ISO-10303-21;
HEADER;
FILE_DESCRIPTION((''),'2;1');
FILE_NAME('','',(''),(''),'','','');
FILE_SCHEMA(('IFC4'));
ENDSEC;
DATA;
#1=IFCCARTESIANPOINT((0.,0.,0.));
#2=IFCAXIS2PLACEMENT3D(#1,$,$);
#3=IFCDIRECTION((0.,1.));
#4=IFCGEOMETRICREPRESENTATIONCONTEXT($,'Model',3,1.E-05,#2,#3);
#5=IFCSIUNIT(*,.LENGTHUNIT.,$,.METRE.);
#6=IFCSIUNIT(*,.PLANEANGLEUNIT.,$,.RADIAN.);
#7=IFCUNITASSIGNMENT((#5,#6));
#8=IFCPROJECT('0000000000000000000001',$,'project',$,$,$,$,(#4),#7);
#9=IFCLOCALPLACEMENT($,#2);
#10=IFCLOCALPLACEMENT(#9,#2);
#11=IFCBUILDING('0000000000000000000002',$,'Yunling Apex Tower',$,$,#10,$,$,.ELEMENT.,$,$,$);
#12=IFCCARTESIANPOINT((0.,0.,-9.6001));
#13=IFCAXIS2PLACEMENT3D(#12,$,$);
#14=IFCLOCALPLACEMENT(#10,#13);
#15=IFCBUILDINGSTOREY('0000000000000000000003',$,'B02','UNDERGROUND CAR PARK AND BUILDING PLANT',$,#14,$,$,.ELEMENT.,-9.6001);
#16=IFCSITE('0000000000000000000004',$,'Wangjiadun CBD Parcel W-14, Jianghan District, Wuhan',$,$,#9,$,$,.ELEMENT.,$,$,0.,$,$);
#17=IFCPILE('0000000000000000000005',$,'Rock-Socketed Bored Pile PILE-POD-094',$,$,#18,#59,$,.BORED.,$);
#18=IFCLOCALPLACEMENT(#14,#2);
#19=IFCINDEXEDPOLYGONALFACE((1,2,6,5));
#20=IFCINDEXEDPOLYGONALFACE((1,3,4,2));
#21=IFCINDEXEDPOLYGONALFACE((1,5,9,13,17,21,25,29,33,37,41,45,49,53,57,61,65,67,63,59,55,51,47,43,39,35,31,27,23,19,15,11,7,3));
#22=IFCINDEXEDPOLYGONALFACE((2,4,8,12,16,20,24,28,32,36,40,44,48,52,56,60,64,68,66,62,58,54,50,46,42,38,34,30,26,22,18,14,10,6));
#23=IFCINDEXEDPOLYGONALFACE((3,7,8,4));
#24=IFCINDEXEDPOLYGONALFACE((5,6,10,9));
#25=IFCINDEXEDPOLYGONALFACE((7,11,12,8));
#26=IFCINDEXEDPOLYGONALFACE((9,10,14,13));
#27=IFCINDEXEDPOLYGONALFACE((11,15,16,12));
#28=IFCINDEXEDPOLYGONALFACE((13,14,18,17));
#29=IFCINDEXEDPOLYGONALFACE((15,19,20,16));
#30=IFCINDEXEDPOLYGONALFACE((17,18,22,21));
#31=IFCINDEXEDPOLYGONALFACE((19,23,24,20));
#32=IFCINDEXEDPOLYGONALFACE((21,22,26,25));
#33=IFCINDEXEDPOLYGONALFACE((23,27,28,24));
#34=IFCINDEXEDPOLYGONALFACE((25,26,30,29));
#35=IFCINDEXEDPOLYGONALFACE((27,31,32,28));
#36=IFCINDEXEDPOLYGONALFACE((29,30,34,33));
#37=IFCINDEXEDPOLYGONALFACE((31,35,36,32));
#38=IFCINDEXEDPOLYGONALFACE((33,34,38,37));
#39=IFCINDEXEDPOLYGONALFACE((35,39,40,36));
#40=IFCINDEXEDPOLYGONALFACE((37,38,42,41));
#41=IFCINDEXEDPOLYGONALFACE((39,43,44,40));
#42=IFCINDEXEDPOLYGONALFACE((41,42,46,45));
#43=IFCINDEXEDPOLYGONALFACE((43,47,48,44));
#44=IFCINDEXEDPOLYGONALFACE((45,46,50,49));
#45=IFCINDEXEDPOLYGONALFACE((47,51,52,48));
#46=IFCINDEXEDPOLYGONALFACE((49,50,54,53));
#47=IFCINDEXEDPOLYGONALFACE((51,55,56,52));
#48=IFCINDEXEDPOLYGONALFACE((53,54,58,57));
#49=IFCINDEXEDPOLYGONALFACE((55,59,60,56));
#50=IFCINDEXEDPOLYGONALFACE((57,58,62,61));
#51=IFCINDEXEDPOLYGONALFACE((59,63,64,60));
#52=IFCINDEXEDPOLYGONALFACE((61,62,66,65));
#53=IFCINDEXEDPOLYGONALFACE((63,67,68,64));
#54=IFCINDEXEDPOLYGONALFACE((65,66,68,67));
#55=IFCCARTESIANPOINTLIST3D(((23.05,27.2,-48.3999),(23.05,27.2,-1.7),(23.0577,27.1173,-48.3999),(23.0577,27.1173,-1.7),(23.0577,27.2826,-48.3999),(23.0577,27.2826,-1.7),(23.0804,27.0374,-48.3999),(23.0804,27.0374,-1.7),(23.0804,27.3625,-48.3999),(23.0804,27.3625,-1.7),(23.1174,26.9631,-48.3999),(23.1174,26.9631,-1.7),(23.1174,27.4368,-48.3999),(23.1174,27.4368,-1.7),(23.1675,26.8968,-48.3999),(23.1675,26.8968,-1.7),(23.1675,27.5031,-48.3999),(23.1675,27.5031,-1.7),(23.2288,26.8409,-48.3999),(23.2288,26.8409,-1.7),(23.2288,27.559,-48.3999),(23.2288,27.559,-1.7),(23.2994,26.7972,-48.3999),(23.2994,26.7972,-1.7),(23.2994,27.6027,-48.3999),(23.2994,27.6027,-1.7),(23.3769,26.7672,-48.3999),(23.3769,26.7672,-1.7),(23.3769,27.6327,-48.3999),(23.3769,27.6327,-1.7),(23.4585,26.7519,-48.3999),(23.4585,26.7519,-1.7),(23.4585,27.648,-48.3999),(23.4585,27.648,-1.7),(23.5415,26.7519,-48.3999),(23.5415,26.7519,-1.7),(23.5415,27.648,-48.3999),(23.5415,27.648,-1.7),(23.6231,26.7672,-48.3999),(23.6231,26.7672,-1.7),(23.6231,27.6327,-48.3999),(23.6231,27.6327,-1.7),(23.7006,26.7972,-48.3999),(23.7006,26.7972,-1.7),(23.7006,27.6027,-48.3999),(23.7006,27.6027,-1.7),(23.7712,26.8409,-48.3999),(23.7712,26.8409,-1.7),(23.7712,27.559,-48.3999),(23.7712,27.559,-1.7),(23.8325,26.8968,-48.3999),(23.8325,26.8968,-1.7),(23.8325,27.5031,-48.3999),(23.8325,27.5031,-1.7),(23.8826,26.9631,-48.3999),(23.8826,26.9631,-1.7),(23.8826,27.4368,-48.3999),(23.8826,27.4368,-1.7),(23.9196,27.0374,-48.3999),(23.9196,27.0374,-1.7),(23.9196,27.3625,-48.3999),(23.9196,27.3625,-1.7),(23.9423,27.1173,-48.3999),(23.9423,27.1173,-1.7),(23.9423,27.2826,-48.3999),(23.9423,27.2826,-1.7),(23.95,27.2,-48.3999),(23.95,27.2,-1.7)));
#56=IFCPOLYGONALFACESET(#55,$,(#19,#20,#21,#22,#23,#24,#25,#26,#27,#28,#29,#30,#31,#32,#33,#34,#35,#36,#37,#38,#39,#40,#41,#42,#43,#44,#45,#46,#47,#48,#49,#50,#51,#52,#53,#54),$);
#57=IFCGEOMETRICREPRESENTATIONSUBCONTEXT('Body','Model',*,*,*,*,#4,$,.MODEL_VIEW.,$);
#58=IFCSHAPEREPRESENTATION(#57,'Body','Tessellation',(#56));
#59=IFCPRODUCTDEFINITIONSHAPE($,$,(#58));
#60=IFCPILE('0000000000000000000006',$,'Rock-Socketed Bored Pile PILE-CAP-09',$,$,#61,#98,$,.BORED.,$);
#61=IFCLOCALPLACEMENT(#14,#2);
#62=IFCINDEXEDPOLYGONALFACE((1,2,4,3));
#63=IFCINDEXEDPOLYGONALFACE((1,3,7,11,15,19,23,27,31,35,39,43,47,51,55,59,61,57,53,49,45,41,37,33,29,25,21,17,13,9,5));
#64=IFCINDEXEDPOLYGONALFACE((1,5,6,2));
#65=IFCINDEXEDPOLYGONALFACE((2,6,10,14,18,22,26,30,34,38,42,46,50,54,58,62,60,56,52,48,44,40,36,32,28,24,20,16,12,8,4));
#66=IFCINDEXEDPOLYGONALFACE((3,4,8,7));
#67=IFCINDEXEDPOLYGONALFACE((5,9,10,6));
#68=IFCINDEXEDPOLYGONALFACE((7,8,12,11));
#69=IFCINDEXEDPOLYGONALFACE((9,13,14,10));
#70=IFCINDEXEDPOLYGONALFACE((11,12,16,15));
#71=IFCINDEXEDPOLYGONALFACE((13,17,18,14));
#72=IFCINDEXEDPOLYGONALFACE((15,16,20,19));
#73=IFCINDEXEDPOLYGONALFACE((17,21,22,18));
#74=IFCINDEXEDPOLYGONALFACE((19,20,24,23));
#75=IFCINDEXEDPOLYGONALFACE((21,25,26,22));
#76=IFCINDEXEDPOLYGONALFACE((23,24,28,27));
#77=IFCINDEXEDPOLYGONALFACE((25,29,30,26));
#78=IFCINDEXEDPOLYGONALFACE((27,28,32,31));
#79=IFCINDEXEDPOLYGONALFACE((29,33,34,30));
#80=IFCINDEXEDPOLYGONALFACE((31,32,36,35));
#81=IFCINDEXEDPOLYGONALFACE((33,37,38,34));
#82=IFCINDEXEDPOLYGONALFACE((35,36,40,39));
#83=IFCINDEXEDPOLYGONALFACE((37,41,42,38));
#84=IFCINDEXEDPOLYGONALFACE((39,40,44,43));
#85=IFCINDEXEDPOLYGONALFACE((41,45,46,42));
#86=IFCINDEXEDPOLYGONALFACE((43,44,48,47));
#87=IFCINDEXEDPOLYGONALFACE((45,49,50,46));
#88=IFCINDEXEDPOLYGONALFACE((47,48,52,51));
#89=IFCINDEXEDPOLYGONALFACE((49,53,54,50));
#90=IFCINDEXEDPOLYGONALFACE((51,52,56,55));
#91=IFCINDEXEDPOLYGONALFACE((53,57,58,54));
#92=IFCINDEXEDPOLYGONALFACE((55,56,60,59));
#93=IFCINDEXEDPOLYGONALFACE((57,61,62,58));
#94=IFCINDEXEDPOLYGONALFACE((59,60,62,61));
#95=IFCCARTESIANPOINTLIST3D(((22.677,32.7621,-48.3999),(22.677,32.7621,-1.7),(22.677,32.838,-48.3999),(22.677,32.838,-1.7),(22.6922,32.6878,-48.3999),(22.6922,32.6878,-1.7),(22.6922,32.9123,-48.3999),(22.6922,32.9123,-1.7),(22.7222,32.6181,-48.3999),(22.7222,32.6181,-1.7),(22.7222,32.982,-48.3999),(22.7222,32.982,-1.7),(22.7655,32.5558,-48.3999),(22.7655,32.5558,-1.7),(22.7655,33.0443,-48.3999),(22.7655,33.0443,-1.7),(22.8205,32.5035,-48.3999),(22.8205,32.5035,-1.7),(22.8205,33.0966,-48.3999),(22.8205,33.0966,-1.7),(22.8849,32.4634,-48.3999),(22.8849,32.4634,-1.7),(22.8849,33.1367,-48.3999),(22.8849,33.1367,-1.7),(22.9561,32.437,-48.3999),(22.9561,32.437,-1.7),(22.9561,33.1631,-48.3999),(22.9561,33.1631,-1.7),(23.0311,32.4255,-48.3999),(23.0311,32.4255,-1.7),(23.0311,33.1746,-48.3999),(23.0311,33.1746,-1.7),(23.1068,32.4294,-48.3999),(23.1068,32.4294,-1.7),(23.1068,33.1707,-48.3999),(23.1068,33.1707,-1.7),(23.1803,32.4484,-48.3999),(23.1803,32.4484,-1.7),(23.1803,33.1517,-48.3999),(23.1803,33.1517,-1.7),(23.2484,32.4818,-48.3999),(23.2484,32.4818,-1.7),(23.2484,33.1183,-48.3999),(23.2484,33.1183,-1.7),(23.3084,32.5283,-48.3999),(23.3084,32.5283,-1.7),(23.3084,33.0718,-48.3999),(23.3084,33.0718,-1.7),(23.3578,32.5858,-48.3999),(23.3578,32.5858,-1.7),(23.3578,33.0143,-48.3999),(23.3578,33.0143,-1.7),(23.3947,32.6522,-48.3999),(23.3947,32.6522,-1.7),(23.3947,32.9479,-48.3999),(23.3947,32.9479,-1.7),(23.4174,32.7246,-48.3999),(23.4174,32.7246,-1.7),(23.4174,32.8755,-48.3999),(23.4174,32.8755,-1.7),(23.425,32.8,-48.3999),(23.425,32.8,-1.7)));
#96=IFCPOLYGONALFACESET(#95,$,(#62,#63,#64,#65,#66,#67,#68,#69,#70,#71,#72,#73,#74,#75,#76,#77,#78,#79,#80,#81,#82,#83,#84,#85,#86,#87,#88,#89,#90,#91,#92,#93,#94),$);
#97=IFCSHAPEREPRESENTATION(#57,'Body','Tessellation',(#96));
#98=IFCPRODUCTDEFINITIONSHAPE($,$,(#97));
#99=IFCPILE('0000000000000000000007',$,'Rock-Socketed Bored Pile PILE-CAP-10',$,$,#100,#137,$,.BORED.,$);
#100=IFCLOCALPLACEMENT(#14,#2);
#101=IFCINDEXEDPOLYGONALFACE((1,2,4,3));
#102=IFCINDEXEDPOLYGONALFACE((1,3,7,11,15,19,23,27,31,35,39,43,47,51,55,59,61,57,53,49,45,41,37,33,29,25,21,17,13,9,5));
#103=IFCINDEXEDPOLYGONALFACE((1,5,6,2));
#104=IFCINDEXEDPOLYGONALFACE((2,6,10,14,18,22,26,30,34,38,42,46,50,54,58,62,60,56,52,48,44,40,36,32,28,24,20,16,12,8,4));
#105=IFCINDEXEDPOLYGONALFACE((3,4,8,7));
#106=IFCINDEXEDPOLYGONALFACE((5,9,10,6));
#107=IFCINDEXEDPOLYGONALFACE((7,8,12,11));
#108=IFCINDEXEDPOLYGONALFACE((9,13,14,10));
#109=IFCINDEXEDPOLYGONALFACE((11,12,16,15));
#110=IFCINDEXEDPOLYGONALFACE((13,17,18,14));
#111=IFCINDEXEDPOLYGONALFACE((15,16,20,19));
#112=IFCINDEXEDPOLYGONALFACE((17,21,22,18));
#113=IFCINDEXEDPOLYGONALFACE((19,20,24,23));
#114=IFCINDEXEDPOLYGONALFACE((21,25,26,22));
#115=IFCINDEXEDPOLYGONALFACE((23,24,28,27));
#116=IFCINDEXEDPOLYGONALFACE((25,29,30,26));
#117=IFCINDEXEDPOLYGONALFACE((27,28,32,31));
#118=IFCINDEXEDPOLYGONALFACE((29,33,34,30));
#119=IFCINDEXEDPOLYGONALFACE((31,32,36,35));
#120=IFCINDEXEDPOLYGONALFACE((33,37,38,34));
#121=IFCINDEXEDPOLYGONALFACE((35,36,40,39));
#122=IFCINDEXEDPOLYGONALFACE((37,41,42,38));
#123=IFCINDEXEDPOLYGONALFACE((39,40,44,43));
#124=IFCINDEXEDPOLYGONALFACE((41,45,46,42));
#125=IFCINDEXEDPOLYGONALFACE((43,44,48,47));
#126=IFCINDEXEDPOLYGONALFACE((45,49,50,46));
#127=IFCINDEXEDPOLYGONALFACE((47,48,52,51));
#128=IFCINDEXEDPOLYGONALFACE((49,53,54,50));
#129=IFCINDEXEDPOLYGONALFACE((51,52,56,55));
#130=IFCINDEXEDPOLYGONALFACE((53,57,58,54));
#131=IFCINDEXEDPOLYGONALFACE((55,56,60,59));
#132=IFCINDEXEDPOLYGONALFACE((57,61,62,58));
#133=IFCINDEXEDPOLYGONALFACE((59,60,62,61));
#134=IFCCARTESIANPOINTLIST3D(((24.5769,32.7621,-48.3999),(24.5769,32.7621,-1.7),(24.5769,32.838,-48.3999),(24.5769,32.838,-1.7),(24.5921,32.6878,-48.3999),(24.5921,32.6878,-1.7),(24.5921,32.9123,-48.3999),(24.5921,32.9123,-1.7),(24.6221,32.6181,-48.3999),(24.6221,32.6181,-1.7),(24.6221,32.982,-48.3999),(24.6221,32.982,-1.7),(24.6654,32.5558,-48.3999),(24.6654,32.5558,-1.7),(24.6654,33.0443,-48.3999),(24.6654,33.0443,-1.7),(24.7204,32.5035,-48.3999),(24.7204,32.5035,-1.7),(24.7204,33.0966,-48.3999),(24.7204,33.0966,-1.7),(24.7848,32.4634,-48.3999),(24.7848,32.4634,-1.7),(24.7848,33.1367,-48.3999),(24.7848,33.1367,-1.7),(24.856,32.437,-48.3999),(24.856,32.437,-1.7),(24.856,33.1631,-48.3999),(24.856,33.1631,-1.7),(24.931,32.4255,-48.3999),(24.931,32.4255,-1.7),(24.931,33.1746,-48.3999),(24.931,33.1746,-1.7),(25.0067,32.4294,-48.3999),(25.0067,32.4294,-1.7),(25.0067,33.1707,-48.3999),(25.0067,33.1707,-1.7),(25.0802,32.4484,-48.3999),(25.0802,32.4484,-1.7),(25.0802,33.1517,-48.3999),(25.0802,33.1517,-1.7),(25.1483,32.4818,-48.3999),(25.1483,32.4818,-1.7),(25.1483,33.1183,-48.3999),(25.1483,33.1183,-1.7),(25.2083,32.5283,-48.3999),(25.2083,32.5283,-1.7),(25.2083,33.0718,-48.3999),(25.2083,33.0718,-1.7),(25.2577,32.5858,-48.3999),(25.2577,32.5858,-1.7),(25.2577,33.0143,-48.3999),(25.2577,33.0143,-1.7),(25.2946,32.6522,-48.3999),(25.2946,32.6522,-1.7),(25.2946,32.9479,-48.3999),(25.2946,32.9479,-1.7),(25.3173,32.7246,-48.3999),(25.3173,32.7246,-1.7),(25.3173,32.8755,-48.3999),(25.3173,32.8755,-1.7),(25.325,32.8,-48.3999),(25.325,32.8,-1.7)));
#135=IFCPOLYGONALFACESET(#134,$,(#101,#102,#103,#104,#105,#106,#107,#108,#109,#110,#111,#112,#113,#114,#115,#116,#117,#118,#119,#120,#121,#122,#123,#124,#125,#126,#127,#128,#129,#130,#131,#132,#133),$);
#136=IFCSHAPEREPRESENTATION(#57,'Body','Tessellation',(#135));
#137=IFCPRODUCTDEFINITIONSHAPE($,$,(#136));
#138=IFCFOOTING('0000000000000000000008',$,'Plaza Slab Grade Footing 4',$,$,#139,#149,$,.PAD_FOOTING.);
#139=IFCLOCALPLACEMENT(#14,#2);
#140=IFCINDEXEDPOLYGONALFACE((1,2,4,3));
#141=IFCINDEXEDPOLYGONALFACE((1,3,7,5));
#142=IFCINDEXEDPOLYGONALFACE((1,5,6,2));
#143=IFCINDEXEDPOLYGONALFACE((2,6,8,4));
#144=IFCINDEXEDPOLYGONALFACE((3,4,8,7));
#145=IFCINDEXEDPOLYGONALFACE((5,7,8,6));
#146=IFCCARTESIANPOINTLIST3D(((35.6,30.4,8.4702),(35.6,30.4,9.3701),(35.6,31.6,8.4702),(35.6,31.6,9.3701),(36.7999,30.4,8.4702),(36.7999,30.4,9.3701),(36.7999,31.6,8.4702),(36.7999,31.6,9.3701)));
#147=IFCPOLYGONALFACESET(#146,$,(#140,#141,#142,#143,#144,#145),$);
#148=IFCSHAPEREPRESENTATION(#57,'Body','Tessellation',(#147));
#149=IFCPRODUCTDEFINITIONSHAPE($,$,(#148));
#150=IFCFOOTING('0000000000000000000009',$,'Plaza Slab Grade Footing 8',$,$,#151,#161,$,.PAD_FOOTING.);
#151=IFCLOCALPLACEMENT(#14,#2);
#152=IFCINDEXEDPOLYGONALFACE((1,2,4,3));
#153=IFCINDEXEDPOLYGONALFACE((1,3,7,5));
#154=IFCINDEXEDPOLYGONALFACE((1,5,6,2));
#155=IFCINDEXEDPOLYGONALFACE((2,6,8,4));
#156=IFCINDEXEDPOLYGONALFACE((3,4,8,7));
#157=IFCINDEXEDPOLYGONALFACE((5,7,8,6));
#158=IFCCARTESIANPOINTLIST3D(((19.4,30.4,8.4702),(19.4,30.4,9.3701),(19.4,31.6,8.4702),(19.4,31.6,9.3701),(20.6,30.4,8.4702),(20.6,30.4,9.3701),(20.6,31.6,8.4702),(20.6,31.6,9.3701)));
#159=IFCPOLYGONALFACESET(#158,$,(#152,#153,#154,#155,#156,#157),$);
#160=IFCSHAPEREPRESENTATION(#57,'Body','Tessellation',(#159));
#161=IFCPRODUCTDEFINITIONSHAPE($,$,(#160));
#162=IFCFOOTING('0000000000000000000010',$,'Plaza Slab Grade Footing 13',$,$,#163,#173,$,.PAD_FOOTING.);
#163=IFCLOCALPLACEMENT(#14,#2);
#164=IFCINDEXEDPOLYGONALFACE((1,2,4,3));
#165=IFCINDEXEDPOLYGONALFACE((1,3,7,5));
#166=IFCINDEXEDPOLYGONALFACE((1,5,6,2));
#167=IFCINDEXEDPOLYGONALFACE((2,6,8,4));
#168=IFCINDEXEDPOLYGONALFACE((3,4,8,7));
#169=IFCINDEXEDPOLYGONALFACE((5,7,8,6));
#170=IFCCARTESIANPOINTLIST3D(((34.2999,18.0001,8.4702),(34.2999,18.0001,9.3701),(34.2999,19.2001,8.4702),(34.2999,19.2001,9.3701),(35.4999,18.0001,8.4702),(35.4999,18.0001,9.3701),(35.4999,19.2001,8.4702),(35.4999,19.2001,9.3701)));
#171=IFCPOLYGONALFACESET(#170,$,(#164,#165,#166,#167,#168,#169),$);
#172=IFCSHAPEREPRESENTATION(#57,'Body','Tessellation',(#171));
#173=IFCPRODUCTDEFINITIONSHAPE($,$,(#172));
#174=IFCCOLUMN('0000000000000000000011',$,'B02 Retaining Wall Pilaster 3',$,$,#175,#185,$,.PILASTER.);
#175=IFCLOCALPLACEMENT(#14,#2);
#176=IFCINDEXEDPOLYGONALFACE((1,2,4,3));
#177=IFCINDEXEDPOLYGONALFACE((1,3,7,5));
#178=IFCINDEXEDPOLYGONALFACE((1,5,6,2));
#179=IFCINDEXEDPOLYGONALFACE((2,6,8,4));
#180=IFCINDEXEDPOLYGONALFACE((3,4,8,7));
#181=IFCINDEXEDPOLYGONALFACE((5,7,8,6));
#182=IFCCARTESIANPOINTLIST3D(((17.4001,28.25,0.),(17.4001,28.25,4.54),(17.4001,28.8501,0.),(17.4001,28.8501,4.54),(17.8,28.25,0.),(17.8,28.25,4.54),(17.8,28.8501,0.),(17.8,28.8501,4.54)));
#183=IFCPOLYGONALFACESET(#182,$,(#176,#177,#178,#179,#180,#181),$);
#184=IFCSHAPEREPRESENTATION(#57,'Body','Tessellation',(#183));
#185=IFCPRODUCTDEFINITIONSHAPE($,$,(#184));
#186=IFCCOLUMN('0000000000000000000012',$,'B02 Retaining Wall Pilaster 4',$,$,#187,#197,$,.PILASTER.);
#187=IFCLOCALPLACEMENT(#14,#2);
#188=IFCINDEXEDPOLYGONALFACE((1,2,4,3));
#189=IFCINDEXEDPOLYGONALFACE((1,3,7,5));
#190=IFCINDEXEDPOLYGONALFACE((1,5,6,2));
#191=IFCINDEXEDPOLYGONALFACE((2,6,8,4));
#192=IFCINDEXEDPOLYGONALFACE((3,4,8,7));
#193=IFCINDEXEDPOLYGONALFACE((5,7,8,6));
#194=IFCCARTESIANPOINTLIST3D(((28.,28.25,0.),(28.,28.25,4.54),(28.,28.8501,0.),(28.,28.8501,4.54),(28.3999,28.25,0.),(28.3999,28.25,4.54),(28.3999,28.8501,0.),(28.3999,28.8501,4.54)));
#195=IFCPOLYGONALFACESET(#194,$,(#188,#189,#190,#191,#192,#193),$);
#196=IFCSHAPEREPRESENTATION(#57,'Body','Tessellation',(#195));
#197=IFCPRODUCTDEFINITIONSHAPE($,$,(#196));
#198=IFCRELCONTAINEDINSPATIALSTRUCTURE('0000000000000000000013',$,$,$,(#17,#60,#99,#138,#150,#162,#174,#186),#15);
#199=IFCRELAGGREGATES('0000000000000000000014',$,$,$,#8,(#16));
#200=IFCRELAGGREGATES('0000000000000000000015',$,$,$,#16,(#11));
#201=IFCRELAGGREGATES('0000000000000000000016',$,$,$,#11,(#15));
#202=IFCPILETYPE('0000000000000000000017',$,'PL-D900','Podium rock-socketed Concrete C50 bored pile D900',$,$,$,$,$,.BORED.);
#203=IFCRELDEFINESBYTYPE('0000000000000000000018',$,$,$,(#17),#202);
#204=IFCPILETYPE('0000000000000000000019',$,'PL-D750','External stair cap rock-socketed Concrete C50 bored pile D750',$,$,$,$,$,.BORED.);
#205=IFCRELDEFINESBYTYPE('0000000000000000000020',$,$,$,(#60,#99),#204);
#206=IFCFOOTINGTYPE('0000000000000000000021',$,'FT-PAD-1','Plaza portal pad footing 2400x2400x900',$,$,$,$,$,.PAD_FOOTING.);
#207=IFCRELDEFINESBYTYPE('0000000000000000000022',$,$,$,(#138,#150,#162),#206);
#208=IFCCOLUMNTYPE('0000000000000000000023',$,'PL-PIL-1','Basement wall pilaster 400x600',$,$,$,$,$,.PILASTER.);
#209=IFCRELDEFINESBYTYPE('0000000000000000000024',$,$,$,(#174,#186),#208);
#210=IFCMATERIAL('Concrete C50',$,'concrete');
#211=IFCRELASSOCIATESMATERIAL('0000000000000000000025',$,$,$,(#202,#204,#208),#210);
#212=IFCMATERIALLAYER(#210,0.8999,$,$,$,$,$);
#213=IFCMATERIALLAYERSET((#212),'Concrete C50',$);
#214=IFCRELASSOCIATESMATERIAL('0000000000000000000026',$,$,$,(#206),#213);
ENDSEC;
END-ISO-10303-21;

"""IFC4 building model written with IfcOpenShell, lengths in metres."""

from ifc_helpers import new_model, si_unit, direction, frame, origin, origin_2d, place, context, subcontext, project, spatial, rectangle, circle, extrude, source, transform, mapped, material, layer, layer_set, material_profile, profile_set, type_object, element, save


model = new_model("IFC4")

# Units and contexts
model_context = context("Model", 3, precision=1e-05, world=origin(), true_north=direction((0.0, 1.0)))
body_context = subcontext(model_context, "Body", "Model", "MODEL_VIEW")
ifc_project = project(units=[si_unit("LENGTHUNIT", "METRE"), si_unit("PLANEANGLEUNIT", "RADIAN")], contexts=[model_context])

# Site, building, storey
site_placement = place(None, origin())
site = spatial("IfcSite", under=ifc_project, at=site_placement, Name="Wangjiadun CBD Parcel W-14, Jianghan District, Wuhan", CompositionType="ELEMENT", RefElevation=0.0)
building_placement = place(site_placement, origin())
building = spatial("IfcBuilding", under=site, at=building_placement, Name="Yunling Apex Tower", CompositionType="ELEMENT")
storey_placement = place(building_placement, frame((0.0, 0.0, -9.6001)))
storey = spatial("IfcBuildingStorey", under=building, at=storey_placement, Name="B02", Description="UNDERGROUND CAR PARK AND BUILDING PLANT", CompositionType="ELEMENT", Elevation=-9.6001)

# Shared definitions
ifc_material_1 = material(Name="Concrete C50", Category="concrete")

# Piles
ifc_material_profile_1 = material_profile(ifc_material_1, circle(Radius=0.45, at=origin_2d()))
ifc_profile_set_1 = profile_set([ifc_material_profile_1], Name="Concrete C50")
pile_type_1 = type_object("IfcPileType", Name="PL-D900", Description="Podium rock-socketed Concrete C50 bored pile D900", PredefinedType="BORED", material=ifc_profile_set_1)
shared_shape_1 = source(origin(), body_context, "Body", "SweptSolid", [
    extrude(circle(Radius=0.45, at=origin_2d()), origin(), (0.0, 0.0, 1.0), 46.7),
])
for number, where, z_axis, x_axis, name in (
    (1, (23.5, 27.2, -1.7), (0.0, 0.0, -1.0), (1.0, 0.0, 0.0), "Rock-Socketed Bored Pile PILE-POD-094"),
):
    element("IfcPile", number, at=place(storey_placement, frame(where, z_axis=z_axis, x_axis=x_axis)), inside=storey, type_object=pile_type_1, Name=name, PredefinedType="BORED", context=body_context, shape_type="MappedRepresentation", body=[
        mapped(shared_shape_1, transform((0.0, 0.0, 0.0), scale=1.0)),
    ])
ifc_material_profile_2 = material_profile(ifc_material_1, circle(Radius=0.375, at=origin_2d()))
ifc_profile_set_2 = profile_set([ifc_material_profile_2], Name="Concrete C50")
pile_type_2 = type_object("IfcPileType", Name="PL-D750", Description="External stair cap rock-socketed Concrete C50 bored pile D750", PredefinedType="BORED", material=ifc_profile_set_2)
shared_shape_2 = source(origin(), body_context, "Body", "SweptSolid", [
    extrude(circle(Radius=0.375, at=origin_2d()), origin(), (0.0, 0.0, 1.0), 46.7),
])
for number, where, z_axis, x_axis, name in (
    (2, (23.05, 32.8, -1.7), (0.0, 0.0, -1.0), (1.0, 0.0, 0.0), "Rock-Socketed Bored Pile PILE-CAP-09"),
    (3, (24.95, 32.8, -1.7), (0.0, 0.0, -1.0), (1.0, 0.0, 0.0), "Rock-Socketed Bored Pile PILE-CAP-10"),
):
    element("IfcPile", number, at=place(storey_placement, frame(where, z_axis=z_axis, x_axis=x_axis)), inside=storey, type_object=pile_type_2, Name=name, PredefinedType="BORED", context=body_context, shape_type="MappedRepresentation", body=[
        mapped(shared_shape_2, transform((0.0, 0.0, 0.0), scale=1.0)),
    ])

# Footings
ifc_layer_1 = layer(ifc_material_1, 0.8999)
ifc_layer_set_1 = layer_set([ifc_layer_1], Name="Concrete C50")
footing_type_1 = type_object("IfcFootingType", Name="FT-PAD-1", Description="Plaza portal pad footing 2400x2400x900", PredefinedType="PAD_FOOTING", material=ifc_layer_set_1)
shared_shape_3 = source(origin(), body_context, "Body", "SweptSolid", [
    extrude(rectangle(XDim=1.2, YDim=1.2, at=origin_2d()), origin(), (0.0, 0.0, 1.0), 0.8999),
])
for number, where, z_axis, x_axis, name in (
    (4, (36.2, 31.0, 8.4702), (0.0, 0.0, 1.0), (1.0, 0.0, 0.0), "Plaza Slab Grade Footing 4"),
    (5, (20.0, 31.0, 8.4702), (0.0, 0.0, 1.0), (1.0, 0.0, 0.0), "Plaza Slab Grade Footing 8"),
    (6, (34.8999, 18.6001, 8.4702), (0.0, 0.0, 1.0), (1.0, 0.0, 0.0), "Plaza Slab Grade Footing 13"),
):
    element("IfcFooting", number, at=place(storey_placement, frame(where, z_axis=z_axis, x_axis=x_axis)), inside=storey, type_object=footing_type_1, Name=name, PredefinedType="PAD_FOOTING", context=body_context, shape_type="MappedRepresentation", body=[
        mapped(shared_shape_3, transform((0.0, 0.0, 0.0), scale=1.0)),
    ])

# Columns
ifc_material_profile_3 = material_profile(ifc_material_1, rectangle(XDim=0.3999, YDim=0.6001, at=origin_2d()))
ifc_profile_set_3 = profile_set([ifc_material_profile_3], Name="Concrete C50")
column_type_1 = type_object("IfcColumnType", Name="PL-PIL-1", Description="Basement wall pilaster 400x600", PredefinedType="PILASTER", material=ifc_profile_set_3)
shared_shape_4 = source(origin(), body_context, "Body", "SweptSolid", [
    extrude(rectangle(XDim=0.3999, YDim=0.6001, at=origin_2d()), origin(), (0.0, 0.0, 1.0), 4.54),
])
for number, where, z_axis, x_axis, name in (
    (7, (17.6001, 28.55, 0.0), (0.0, 0.0, 1.0), (1.0, 0.0, 0.0), "B02 Retaining Wall Pilaster 3"),
    (8, (28.2, 28.55, 0.0), (0.0, 0.0, 1.0), (1.0, 0.0, 0.0), "B02 Retaining Wall Pilaster 4"),
):
    element("IfcColumn", number, at=place(storey_placement, frame(where, z_axis=z_axis, x_axis=x_axis)), inside=storey, type_object=column_type_1, Name=name, PredefinedType="PILASTER", context=body_context, shape_type="MappedRepresentation", body=[
        mapped(shared_shape_4, transform((0.0, 0.0, 0.0), scale=1.0)),
    ])

save(model, "model.ifc")
